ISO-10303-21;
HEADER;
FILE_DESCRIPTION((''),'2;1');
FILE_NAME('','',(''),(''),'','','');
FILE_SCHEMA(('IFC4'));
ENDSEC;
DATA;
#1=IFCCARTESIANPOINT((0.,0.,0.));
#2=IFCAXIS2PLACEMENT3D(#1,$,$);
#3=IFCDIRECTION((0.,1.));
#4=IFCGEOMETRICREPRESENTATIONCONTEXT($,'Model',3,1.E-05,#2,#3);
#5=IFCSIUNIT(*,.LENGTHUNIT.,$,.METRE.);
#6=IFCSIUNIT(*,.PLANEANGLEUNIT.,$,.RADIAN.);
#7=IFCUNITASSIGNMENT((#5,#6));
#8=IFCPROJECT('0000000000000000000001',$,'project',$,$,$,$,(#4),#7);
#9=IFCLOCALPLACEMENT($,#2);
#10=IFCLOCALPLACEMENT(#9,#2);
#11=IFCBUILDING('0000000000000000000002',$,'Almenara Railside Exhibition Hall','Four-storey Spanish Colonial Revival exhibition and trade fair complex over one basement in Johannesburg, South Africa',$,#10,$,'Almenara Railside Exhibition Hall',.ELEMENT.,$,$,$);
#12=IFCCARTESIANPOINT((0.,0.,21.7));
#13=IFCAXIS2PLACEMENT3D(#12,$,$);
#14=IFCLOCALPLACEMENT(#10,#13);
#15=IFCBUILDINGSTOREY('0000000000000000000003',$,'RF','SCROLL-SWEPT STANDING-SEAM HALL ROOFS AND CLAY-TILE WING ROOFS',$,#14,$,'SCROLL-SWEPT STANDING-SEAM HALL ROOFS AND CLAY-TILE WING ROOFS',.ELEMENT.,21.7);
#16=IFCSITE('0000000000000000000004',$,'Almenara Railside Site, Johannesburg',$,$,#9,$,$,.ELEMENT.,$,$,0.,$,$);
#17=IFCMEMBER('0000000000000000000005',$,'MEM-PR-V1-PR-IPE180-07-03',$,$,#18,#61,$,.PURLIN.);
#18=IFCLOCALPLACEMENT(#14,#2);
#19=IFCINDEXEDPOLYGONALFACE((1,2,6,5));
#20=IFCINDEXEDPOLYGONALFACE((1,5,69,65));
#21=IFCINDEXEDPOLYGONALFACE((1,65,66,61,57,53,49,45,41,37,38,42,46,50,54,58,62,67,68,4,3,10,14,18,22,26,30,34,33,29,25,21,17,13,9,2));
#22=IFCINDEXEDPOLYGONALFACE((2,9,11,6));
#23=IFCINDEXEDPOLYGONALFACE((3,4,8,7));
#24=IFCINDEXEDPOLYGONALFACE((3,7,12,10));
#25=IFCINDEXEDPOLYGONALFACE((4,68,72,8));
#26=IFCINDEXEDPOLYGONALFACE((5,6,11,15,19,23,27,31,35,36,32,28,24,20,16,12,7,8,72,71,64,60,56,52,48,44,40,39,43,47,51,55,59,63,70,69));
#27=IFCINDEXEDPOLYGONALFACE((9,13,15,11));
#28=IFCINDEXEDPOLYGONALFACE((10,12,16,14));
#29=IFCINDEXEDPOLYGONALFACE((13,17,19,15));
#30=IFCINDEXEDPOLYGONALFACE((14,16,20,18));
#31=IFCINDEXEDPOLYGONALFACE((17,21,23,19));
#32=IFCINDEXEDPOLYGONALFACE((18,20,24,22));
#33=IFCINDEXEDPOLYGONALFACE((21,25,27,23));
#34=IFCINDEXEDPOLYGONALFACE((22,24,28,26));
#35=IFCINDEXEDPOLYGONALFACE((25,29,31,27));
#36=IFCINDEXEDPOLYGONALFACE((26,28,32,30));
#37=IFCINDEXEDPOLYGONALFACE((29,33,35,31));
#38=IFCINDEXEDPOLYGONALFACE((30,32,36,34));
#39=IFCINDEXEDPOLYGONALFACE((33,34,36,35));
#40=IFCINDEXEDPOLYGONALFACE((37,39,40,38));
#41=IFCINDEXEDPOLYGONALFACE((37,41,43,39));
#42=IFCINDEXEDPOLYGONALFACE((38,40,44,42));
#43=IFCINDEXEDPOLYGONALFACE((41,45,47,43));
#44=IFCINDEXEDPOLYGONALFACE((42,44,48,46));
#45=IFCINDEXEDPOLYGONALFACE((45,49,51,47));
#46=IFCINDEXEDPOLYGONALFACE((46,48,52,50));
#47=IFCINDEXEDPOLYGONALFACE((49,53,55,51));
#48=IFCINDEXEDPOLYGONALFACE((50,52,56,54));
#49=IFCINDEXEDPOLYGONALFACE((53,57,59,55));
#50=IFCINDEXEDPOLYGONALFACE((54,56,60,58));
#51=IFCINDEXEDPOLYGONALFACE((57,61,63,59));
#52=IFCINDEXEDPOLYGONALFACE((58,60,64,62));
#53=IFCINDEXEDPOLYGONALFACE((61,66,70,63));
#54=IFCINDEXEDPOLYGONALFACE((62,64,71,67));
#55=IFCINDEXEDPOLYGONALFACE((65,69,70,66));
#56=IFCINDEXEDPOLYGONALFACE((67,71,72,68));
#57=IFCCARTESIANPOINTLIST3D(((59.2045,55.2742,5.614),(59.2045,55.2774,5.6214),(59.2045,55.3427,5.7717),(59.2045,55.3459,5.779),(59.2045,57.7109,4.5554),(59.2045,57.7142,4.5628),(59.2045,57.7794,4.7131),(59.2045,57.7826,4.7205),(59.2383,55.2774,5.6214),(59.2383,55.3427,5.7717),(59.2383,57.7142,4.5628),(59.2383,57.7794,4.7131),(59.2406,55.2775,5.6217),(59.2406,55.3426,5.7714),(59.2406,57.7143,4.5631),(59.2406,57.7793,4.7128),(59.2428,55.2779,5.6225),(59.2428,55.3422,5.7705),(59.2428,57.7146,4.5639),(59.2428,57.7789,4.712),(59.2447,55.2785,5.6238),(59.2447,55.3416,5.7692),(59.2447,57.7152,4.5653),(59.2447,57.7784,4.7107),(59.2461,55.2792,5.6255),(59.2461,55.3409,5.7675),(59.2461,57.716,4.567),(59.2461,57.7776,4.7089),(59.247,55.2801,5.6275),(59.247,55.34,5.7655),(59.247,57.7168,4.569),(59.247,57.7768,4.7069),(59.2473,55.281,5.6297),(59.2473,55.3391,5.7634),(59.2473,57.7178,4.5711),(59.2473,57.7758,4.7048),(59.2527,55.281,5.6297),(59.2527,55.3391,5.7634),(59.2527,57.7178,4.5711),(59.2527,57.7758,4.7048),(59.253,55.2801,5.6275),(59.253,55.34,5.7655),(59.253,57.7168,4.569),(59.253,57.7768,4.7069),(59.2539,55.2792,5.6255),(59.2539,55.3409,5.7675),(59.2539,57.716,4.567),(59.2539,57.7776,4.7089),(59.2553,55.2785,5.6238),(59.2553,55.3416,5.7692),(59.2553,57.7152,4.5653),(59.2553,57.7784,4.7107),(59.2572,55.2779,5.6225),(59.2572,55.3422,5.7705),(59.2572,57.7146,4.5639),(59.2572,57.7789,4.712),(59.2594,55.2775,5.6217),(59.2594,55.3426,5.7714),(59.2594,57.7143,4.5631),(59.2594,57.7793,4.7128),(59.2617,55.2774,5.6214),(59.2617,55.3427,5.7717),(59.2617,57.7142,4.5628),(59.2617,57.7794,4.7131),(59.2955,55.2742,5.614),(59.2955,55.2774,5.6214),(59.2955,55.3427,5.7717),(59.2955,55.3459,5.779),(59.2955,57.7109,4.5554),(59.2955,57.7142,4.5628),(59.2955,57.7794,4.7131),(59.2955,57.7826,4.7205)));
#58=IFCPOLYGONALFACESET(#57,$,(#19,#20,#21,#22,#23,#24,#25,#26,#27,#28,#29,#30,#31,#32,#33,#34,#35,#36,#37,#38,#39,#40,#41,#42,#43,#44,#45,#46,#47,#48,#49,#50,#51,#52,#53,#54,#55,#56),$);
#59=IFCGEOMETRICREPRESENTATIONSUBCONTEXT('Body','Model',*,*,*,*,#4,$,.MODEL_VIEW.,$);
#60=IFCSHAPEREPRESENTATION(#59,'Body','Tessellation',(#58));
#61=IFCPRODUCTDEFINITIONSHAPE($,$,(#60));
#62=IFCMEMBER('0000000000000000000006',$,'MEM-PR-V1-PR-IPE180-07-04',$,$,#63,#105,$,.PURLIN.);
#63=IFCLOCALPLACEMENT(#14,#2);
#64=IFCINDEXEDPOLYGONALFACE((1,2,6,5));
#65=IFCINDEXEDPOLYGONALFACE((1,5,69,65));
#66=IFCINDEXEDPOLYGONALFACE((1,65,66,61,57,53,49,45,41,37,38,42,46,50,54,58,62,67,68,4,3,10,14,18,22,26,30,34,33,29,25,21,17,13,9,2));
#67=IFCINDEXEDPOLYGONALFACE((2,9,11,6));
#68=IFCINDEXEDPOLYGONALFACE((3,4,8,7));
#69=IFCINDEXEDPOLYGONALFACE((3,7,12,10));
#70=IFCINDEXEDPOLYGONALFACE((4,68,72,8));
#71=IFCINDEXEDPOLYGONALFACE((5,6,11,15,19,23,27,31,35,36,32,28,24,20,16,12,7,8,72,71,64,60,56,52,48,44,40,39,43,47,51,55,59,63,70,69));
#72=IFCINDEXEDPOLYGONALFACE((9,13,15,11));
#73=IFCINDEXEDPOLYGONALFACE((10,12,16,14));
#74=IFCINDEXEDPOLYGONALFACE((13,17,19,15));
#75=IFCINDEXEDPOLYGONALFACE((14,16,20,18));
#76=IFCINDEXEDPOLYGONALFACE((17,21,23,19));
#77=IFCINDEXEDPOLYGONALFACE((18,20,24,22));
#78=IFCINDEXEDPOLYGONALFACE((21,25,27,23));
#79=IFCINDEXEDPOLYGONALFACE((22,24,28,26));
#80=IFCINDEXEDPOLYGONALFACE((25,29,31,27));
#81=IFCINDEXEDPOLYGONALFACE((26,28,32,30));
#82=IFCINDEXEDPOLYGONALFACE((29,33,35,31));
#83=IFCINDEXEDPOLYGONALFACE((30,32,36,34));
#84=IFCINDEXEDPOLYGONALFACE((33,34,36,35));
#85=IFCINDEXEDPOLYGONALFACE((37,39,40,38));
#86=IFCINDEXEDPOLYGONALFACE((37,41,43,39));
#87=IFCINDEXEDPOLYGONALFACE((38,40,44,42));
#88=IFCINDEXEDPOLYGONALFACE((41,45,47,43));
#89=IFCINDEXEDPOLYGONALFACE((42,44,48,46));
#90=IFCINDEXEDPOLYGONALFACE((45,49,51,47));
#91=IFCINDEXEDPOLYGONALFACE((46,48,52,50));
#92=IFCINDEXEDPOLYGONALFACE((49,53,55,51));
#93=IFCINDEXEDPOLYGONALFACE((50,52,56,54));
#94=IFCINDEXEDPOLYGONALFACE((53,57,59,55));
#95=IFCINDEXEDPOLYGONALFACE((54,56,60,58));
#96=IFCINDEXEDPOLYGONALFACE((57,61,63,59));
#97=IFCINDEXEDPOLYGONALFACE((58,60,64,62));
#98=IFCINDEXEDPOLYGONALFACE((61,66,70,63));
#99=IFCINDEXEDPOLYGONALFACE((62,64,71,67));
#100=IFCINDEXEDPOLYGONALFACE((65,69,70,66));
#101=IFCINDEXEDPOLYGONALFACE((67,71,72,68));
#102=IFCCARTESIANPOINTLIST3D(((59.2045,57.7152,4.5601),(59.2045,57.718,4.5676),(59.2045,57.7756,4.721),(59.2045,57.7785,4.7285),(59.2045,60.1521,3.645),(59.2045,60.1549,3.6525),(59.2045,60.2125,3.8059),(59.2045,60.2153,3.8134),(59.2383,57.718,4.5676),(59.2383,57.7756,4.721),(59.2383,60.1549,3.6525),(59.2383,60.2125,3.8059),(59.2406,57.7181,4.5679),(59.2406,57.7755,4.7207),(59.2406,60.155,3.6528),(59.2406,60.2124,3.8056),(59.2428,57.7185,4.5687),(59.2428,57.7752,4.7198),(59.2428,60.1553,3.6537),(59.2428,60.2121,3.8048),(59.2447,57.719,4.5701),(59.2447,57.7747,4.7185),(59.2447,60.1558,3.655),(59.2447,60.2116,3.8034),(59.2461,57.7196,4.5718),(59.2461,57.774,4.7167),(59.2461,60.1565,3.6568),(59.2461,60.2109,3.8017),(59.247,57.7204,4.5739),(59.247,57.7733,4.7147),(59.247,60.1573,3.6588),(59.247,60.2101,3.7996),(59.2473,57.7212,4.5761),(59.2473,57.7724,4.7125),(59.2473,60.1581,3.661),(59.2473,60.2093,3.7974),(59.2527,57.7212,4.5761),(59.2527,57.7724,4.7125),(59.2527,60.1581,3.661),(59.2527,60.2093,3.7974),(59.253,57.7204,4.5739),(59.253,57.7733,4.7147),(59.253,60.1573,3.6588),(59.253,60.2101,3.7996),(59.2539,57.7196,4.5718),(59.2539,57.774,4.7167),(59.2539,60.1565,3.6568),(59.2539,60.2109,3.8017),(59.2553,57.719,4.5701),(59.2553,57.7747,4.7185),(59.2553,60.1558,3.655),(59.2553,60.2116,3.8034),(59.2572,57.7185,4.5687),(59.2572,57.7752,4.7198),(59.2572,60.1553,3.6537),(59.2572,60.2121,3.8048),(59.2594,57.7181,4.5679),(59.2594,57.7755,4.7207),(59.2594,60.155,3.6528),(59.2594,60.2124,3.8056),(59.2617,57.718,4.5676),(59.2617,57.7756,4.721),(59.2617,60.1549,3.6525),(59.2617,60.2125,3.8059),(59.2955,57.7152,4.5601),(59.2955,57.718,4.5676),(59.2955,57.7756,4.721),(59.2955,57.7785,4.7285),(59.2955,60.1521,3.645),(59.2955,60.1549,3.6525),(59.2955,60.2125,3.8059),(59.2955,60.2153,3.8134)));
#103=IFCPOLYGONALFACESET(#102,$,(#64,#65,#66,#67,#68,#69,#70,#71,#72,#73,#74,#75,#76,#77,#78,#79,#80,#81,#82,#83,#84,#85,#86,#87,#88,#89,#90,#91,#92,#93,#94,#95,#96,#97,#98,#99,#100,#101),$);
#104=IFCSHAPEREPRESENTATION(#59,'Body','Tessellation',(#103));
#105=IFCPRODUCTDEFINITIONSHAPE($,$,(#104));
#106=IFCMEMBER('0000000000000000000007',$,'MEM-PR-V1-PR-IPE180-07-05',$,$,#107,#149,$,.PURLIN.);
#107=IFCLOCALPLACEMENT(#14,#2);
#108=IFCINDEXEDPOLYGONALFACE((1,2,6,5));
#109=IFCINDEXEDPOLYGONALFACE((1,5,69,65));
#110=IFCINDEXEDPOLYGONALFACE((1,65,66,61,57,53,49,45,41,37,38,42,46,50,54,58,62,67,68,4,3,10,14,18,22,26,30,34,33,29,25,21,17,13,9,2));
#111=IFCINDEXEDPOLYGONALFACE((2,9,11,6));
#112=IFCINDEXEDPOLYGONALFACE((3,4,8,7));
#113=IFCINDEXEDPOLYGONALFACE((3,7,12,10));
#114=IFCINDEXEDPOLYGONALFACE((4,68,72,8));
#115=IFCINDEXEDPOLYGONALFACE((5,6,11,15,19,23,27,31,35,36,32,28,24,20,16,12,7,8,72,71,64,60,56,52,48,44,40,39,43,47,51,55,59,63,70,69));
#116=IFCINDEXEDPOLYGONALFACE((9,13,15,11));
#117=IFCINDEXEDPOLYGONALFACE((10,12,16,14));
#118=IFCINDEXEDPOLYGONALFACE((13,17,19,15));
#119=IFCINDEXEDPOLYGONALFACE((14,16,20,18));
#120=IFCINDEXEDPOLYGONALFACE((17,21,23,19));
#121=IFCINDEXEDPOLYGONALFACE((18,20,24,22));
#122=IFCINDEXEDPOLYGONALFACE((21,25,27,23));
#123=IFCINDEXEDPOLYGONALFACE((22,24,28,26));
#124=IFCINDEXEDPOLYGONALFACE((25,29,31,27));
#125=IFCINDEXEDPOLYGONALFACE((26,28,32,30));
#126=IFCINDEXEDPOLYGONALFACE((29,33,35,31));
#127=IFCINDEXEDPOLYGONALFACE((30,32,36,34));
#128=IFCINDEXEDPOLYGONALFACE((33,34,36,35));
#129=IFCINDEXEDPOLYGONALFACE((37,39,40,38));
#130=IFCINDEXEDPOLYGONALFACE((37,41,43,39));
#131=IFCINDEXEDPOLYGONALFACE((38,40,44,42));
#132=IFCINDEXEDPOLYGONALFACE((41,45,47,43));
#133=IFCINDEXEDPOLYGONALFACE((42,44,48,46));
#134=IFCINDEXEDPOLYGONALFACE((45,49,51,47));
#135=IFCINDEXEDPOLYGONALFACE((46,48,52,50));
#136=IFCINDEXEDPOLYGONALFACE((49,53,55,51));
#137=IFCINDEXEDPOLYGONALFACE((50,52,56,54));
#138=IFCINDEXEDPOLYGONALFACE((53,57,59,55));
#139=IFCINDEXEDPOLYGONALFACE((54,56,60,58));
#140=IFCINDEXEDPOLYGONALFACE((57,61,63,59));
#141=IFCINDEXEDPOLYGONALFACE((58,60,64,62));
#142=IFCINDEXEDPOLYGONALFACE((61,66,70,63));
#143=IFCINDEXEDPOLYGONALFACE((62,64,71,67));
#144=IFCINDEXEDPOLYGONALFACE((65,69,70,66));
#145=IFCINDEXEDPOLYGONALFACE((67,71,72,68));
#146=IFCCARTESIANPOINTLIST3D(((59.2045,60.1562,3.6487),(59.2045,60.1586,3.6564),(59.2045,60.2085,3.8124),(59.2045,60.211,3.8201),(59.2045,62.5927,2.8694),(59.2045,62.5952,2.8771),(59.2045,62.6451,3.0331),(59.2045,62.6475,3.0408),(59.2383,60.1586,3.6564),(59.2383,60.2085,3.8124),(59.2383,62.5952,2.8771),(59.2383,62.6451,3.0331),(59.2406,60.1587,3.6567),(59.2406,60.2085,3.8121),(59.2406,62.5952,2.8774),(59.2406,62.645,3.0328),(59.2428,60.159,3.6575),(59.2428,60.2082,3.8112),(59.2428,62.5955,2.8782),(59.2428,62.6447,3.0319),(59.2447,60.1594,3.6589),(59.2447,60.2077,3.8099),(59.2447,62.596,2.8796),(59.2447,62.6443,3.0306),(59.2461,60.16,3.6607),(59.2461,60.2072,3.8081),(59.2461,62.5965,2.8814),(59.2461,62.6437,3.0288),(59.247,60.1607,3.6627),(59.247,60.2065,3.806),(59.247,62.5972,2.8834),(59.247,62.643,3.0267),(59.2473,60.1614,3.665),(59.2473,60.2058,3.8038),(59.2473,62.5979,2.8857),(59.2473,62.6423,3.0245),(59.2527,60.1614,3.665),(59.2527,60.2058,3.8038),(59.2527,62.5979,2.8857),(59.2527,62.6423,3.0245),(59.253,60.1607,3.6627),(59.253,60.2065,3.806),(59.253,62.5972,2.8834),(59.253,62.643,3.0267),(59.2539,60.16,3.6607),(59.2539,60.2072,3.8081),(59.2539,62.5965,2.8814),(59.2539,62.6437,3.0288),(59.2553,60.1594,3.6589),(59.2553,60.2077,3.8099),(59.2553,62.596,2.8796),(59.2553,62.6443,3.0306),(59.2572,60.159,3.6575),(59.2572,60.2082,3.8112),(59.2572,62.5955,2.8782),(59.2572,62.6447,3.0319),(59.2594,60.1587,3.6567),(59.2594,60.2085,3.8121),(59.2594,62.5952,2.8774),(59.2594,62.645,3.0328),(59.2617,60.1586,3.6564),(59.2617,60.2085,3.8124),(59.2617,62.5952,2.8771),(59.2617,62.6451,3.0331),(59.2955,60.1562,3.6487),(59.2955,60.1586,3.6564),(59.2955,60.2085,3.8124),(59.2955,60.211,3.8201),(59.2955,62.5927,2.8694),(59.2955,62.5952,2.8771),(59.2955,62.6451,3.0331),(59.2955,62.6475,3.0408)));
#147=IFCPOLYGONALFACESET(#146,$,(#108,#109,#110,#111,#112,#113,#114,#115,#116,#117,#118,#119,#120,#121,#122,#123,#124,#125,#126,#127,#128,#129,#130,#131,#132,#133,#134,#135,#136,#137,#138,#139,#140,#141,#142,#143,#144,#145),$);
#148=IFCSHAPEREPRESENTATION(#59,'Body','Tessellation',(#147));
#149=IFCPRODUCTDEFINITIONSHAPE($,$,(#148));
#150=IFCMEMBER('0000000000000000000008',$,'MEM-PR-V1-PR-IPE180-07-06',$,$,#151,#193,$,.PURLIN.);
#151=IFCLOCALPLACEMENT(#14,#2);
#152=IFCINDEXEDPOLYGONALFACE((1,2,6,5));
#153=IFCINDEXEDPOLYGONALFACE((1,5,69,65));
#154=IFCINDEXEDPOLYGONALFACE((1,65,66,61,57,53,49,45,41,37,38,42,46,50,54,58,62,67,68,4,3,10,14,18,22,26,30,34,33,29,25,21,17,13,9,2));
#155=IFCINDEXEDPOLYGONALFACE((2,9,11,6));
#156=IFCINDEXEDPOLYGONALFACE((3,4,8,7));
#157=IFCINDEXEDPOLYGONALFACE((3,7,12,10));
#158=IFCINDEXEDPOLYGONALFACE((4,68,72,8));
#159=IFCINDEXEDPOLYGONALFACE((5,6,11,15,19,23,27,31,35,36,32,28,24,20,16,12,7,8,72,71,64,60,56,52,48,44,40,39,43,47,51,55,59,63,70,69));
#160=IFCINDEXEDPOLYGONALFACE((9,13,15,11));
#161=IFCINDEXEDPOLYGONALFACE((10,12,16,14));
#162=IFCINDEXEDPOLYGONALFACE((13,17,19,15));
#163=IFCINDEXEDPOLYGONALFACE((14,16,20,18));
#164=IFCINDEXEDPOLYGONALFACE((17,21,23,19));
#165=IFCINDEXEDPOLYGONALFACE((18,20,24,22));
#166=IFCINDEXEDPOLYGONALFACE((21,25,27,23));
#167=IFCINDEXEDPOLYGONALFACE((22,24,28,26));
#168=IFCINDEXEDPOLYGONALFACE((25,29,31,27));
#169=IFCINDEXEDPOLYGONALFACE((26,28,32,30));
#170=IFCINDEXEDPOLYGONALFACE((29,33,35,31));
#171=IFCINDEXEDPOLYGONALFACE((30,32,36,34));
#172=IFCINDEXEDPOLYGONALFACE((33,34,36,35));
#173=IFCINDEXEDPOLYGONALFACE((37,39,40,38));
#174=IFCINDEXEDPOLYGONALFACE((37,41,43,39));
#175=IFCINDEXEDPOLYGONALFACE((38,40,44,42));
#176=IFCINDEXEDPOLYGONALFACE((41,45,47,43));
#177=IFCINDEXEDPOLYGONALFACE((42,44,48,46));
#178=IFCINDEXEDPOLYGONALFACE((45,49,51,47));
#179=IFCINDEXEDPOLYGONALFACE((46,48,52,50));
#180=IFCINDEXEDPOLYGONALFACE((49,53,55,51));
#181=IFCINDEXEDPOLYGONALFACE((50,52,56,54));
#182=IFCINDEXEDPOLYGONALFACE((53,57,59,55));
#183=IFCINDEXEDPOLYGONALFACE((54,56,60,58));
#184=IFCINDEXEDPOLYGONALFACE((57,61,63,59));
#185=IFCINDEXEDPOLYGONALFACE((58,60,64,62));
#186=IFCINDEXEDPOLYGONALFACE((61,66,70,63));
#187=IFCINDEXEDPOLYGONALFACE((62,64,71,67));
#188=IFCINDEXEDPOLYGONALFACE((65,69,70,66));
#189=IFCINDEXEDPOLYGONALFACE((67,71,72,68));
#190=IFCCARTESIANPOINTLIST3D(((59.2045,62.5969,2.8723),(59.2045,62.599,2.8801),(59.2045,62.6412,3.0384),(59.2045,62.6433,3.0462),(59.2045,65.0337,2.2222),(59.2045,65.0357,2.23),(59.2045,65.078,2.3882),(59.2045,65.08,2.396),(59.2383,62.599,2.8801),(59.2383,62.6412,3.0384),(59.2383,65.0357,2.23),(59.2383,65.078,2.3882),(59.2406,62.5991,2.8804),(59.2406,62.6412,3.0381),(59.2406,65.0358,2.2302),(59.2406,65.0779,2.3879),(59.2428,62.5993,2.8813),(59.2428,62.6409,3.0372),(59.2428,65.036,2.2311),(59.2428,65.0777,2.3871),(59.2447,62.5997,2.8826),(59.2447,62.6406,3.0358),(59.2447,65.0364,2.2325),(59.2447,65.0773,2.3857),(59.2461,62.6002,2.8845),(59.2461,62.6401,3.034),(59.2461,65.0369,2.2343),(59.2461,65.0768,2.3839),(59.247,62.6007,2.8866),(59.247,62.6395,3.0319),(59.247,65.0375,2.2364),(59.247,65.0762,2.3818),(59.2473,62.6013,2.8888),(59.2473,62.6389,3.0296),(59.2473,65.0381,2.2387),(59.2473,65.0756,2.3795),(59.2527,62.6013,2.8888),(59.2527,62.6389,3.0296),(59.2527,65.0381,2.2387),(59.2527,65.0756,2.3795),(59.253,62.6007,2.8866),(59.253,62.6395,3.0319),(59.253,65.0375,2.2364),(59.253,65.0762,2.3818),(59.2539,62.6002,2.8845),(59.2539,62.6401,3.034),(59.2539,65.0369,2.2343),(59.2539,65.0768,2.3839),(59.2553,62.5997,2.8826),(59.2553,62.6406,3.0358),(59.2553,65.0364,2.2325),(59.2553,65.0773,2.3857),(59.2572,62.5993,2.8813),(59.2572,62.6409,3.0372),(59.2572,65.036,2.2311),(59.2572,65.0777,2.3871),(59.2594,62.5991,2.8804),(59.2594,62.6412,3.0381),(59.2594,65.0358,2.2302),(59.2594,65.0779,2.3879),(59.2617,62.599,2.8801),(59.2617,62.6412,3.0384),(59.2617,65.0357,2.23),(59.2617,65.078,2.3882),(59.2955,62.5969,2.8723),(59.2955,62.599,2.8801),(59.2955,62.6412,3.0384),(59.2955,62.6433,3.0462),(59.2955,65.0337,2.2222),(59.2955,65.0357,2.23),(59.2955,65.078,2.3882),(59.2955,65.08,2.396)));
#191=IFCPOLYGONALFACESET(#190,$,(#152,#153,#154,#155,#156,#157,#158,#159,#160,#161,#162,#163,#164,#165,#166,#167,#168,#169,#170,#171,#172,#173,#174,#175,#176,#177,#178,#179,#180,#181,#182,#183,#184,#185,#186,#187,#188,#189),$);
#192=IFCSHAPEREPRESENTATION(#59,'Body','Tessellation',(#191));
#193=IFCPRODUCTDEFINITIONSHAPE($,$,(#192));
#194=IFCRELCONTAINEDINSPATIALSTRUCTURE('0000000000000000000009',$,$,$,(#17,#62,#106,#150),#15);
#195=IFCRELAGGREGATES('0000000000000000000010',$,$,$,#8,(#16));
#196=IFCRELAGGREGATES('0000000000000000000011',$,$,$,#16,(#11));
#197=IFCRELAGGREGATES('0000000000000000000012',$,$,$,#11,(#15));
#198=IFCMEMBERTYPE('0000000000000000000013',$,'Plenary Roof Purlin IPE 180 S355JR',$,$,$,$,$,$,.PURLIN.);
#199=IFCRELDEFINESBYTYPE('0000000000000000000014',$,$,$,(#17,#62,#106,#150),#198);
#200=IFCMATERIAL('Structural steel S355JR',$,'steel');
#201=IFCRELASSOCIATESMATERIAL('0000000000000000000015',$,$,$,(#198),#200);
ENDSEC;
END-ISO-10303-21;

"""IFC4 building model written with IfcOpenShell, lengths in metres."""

from ifc_helpers import new_model, si_unit, direction, frame, origin, origin_2d, place, context, subcontext, project, spatial, i_section, extrude, material, material_profile, profile_set, type_object, element, save


model = new_model("IFC4")

# Units and contexts
model_context = context("Model", 3, precision=1e-05, world=origin(), true_north=direction((0.0, 1.0)))
body_context = subcontext(model_context, "Body", "Model", "MODEL_VIEW")
ifc_project = project(units=[si_unit("LENGTHUNIT", "METRE"), si_unit("PLANEANGLEUNIT", "RADIAN")], contexts=[model_context])

# Site, building, storey
site_placement = place(None, origin())
site = spatial("IfcSite", under=ifc_project, at=site_placement, Name="Almenara Railside Site, Johannesburg", CompositionType="ELEMENT", RefElevation=0.0)
building_placement = place(site_placement, origin())
building = spatial("IfcBuilding", under=site, at=building_placement, Name="Almenara Railside Exhibition Hall", Description="Four-storey Spanish Colonial Revival exhibition and trade fair complex over one basement in Johannesburg, South Africa", LongName="Almenara Railside Exhibition Hall", CompositionType="ELEMENT")
storey_placement = place(building_placement, frame((0.0, 0.0, 21.7)))
storey = spatial("IfcBuildingStorey", under=building, at=storey_placement, Name="RF", Description="SCROLL-SWEPT STANDING-SEAM HALL ROOFS AND CLAY-TILE WING ROOFS", LongName="SCROLL-SWEPT STANDING-SEAM HALL ROOFS AND CLAY-TILE WING ROOFS", CompositionType="ELEMENT", Elevation=21.7)

# Shared definitions
ifc_material_1 = material(Name="Structural steel S355JR", Category="steel")

# Members
ifc_material_profile_1 = material_profile(ifc_material_1, i_section(OverallWidth=0.0911, OverallDepth=0.1799, WebThickness=0.0054, FlangeThickness=0.0081, FilletRadius=0.009, at=origin_2d()), Name="IPE 180")
ifc_profile_set_1 = profile_set([ifc_material_profile_1], Name="Structural steel S355JR")
member_type_1 = type_object("IfcMemberType", Name="Plenary Roof Purlin IPE 180 S355JR", PredefinedType="PURLIN", material=ifc_profile_set_1)
member_1_placement = place(storey_placement, frame((59.25, 55.3101, 5.6965), z_axis=(0.0, 0.91719, -0.398451), x_axis=(-1.0, 0.0, 0.0)))
element("IfcMember", 1, at=member_1_placement, inside=storey, type_object=member_type_1, Name="MEM-PR-V1-PR-IPE180-07-03", PredefinedType="PURLIN", context=body_context, shape_type="SweptSolid", body=[
    extrude(i_section(OverallWidth=0.0911, OverallDepth=0.1799, WebThickness=0.0054, FlangeThickness=0.0081, FilletRadius=0.009, at=origin_2d()), origin(), (0.0, 0.0, 1.0), 2.6567),
])
member_2_placement = place(storey_placement, frame((59.25, 57.7468, 4.6443), z_axis=(0.0, 0.936171, -0.351545), x_axis=(-1.0, 0.0, 0.0)))
element("IfcMember", 2, at=member_2_placement, inside=storey, type_object=member_type_1, Name="MEM-PR-V1-PR-IPE180-07-04", PredefinedType="PURLIN", context=body_context, shape_type="SweptSolid", body=[
    extrude(i_section(OverallWidth=0.0911, OverallDepth=0.1799, WebThickness=0.0054, FlangeThickness=0.0081, FilletRadius=0.009, at=origin_2d()), origin(), (0.0, 0.0, 1.0), 2.603),
])
member_3_placement = place(storey_placement, frame((59.25, 60.1836, 3.7344), z_axis=(0.0, 0.952468, -0.304637), x_axis=(-1.0, 0.0, 0.0)))
element("IfcMember", 3, at=member_3_placement, inside=storey, type_object=member_type_1, Name="MEM-PR-V1-PR-IPE180-07-05", PredefinedType="PURLIN", context=body_context, shape_type="SweptSolid", body=[
    extrude(i_section(OverallWidth=0.0911, OverallDepth=0.1799, WebThickness=0.0054, FlangeThickness=0.0081, FilletRadius=0.009, at=origin_2d()), origin(), (0.0, 0.0, 1.0), 2.5581),
])
member_4_placement = place(storey_placement, frame((59.25, 62.6201, 2.9592), z_axis=(0.0, 0.966201, -0.257789), x_axis=(-1.0, 0.0, 0.0)))
element("IfcMember", 4, at=member_4_placement, inside=storey, type_object=member_type_1, Name="MEM-PR-V1-PR-IPE180-07-06", PredefinedType="PURLIN", context=body_context, shape_type="SweptSolid", body=[
    extrude(i_section(OverallWidth=0.0911, OverallDepth=0.1799, WebThickness=0.0054, FlangeThickness=0.0081, FilletRadius=0.009, at=origin_2d()), origin(), (0.0, 0.0, 1.0), 2.522),
])

save(model, "model.ifc")
